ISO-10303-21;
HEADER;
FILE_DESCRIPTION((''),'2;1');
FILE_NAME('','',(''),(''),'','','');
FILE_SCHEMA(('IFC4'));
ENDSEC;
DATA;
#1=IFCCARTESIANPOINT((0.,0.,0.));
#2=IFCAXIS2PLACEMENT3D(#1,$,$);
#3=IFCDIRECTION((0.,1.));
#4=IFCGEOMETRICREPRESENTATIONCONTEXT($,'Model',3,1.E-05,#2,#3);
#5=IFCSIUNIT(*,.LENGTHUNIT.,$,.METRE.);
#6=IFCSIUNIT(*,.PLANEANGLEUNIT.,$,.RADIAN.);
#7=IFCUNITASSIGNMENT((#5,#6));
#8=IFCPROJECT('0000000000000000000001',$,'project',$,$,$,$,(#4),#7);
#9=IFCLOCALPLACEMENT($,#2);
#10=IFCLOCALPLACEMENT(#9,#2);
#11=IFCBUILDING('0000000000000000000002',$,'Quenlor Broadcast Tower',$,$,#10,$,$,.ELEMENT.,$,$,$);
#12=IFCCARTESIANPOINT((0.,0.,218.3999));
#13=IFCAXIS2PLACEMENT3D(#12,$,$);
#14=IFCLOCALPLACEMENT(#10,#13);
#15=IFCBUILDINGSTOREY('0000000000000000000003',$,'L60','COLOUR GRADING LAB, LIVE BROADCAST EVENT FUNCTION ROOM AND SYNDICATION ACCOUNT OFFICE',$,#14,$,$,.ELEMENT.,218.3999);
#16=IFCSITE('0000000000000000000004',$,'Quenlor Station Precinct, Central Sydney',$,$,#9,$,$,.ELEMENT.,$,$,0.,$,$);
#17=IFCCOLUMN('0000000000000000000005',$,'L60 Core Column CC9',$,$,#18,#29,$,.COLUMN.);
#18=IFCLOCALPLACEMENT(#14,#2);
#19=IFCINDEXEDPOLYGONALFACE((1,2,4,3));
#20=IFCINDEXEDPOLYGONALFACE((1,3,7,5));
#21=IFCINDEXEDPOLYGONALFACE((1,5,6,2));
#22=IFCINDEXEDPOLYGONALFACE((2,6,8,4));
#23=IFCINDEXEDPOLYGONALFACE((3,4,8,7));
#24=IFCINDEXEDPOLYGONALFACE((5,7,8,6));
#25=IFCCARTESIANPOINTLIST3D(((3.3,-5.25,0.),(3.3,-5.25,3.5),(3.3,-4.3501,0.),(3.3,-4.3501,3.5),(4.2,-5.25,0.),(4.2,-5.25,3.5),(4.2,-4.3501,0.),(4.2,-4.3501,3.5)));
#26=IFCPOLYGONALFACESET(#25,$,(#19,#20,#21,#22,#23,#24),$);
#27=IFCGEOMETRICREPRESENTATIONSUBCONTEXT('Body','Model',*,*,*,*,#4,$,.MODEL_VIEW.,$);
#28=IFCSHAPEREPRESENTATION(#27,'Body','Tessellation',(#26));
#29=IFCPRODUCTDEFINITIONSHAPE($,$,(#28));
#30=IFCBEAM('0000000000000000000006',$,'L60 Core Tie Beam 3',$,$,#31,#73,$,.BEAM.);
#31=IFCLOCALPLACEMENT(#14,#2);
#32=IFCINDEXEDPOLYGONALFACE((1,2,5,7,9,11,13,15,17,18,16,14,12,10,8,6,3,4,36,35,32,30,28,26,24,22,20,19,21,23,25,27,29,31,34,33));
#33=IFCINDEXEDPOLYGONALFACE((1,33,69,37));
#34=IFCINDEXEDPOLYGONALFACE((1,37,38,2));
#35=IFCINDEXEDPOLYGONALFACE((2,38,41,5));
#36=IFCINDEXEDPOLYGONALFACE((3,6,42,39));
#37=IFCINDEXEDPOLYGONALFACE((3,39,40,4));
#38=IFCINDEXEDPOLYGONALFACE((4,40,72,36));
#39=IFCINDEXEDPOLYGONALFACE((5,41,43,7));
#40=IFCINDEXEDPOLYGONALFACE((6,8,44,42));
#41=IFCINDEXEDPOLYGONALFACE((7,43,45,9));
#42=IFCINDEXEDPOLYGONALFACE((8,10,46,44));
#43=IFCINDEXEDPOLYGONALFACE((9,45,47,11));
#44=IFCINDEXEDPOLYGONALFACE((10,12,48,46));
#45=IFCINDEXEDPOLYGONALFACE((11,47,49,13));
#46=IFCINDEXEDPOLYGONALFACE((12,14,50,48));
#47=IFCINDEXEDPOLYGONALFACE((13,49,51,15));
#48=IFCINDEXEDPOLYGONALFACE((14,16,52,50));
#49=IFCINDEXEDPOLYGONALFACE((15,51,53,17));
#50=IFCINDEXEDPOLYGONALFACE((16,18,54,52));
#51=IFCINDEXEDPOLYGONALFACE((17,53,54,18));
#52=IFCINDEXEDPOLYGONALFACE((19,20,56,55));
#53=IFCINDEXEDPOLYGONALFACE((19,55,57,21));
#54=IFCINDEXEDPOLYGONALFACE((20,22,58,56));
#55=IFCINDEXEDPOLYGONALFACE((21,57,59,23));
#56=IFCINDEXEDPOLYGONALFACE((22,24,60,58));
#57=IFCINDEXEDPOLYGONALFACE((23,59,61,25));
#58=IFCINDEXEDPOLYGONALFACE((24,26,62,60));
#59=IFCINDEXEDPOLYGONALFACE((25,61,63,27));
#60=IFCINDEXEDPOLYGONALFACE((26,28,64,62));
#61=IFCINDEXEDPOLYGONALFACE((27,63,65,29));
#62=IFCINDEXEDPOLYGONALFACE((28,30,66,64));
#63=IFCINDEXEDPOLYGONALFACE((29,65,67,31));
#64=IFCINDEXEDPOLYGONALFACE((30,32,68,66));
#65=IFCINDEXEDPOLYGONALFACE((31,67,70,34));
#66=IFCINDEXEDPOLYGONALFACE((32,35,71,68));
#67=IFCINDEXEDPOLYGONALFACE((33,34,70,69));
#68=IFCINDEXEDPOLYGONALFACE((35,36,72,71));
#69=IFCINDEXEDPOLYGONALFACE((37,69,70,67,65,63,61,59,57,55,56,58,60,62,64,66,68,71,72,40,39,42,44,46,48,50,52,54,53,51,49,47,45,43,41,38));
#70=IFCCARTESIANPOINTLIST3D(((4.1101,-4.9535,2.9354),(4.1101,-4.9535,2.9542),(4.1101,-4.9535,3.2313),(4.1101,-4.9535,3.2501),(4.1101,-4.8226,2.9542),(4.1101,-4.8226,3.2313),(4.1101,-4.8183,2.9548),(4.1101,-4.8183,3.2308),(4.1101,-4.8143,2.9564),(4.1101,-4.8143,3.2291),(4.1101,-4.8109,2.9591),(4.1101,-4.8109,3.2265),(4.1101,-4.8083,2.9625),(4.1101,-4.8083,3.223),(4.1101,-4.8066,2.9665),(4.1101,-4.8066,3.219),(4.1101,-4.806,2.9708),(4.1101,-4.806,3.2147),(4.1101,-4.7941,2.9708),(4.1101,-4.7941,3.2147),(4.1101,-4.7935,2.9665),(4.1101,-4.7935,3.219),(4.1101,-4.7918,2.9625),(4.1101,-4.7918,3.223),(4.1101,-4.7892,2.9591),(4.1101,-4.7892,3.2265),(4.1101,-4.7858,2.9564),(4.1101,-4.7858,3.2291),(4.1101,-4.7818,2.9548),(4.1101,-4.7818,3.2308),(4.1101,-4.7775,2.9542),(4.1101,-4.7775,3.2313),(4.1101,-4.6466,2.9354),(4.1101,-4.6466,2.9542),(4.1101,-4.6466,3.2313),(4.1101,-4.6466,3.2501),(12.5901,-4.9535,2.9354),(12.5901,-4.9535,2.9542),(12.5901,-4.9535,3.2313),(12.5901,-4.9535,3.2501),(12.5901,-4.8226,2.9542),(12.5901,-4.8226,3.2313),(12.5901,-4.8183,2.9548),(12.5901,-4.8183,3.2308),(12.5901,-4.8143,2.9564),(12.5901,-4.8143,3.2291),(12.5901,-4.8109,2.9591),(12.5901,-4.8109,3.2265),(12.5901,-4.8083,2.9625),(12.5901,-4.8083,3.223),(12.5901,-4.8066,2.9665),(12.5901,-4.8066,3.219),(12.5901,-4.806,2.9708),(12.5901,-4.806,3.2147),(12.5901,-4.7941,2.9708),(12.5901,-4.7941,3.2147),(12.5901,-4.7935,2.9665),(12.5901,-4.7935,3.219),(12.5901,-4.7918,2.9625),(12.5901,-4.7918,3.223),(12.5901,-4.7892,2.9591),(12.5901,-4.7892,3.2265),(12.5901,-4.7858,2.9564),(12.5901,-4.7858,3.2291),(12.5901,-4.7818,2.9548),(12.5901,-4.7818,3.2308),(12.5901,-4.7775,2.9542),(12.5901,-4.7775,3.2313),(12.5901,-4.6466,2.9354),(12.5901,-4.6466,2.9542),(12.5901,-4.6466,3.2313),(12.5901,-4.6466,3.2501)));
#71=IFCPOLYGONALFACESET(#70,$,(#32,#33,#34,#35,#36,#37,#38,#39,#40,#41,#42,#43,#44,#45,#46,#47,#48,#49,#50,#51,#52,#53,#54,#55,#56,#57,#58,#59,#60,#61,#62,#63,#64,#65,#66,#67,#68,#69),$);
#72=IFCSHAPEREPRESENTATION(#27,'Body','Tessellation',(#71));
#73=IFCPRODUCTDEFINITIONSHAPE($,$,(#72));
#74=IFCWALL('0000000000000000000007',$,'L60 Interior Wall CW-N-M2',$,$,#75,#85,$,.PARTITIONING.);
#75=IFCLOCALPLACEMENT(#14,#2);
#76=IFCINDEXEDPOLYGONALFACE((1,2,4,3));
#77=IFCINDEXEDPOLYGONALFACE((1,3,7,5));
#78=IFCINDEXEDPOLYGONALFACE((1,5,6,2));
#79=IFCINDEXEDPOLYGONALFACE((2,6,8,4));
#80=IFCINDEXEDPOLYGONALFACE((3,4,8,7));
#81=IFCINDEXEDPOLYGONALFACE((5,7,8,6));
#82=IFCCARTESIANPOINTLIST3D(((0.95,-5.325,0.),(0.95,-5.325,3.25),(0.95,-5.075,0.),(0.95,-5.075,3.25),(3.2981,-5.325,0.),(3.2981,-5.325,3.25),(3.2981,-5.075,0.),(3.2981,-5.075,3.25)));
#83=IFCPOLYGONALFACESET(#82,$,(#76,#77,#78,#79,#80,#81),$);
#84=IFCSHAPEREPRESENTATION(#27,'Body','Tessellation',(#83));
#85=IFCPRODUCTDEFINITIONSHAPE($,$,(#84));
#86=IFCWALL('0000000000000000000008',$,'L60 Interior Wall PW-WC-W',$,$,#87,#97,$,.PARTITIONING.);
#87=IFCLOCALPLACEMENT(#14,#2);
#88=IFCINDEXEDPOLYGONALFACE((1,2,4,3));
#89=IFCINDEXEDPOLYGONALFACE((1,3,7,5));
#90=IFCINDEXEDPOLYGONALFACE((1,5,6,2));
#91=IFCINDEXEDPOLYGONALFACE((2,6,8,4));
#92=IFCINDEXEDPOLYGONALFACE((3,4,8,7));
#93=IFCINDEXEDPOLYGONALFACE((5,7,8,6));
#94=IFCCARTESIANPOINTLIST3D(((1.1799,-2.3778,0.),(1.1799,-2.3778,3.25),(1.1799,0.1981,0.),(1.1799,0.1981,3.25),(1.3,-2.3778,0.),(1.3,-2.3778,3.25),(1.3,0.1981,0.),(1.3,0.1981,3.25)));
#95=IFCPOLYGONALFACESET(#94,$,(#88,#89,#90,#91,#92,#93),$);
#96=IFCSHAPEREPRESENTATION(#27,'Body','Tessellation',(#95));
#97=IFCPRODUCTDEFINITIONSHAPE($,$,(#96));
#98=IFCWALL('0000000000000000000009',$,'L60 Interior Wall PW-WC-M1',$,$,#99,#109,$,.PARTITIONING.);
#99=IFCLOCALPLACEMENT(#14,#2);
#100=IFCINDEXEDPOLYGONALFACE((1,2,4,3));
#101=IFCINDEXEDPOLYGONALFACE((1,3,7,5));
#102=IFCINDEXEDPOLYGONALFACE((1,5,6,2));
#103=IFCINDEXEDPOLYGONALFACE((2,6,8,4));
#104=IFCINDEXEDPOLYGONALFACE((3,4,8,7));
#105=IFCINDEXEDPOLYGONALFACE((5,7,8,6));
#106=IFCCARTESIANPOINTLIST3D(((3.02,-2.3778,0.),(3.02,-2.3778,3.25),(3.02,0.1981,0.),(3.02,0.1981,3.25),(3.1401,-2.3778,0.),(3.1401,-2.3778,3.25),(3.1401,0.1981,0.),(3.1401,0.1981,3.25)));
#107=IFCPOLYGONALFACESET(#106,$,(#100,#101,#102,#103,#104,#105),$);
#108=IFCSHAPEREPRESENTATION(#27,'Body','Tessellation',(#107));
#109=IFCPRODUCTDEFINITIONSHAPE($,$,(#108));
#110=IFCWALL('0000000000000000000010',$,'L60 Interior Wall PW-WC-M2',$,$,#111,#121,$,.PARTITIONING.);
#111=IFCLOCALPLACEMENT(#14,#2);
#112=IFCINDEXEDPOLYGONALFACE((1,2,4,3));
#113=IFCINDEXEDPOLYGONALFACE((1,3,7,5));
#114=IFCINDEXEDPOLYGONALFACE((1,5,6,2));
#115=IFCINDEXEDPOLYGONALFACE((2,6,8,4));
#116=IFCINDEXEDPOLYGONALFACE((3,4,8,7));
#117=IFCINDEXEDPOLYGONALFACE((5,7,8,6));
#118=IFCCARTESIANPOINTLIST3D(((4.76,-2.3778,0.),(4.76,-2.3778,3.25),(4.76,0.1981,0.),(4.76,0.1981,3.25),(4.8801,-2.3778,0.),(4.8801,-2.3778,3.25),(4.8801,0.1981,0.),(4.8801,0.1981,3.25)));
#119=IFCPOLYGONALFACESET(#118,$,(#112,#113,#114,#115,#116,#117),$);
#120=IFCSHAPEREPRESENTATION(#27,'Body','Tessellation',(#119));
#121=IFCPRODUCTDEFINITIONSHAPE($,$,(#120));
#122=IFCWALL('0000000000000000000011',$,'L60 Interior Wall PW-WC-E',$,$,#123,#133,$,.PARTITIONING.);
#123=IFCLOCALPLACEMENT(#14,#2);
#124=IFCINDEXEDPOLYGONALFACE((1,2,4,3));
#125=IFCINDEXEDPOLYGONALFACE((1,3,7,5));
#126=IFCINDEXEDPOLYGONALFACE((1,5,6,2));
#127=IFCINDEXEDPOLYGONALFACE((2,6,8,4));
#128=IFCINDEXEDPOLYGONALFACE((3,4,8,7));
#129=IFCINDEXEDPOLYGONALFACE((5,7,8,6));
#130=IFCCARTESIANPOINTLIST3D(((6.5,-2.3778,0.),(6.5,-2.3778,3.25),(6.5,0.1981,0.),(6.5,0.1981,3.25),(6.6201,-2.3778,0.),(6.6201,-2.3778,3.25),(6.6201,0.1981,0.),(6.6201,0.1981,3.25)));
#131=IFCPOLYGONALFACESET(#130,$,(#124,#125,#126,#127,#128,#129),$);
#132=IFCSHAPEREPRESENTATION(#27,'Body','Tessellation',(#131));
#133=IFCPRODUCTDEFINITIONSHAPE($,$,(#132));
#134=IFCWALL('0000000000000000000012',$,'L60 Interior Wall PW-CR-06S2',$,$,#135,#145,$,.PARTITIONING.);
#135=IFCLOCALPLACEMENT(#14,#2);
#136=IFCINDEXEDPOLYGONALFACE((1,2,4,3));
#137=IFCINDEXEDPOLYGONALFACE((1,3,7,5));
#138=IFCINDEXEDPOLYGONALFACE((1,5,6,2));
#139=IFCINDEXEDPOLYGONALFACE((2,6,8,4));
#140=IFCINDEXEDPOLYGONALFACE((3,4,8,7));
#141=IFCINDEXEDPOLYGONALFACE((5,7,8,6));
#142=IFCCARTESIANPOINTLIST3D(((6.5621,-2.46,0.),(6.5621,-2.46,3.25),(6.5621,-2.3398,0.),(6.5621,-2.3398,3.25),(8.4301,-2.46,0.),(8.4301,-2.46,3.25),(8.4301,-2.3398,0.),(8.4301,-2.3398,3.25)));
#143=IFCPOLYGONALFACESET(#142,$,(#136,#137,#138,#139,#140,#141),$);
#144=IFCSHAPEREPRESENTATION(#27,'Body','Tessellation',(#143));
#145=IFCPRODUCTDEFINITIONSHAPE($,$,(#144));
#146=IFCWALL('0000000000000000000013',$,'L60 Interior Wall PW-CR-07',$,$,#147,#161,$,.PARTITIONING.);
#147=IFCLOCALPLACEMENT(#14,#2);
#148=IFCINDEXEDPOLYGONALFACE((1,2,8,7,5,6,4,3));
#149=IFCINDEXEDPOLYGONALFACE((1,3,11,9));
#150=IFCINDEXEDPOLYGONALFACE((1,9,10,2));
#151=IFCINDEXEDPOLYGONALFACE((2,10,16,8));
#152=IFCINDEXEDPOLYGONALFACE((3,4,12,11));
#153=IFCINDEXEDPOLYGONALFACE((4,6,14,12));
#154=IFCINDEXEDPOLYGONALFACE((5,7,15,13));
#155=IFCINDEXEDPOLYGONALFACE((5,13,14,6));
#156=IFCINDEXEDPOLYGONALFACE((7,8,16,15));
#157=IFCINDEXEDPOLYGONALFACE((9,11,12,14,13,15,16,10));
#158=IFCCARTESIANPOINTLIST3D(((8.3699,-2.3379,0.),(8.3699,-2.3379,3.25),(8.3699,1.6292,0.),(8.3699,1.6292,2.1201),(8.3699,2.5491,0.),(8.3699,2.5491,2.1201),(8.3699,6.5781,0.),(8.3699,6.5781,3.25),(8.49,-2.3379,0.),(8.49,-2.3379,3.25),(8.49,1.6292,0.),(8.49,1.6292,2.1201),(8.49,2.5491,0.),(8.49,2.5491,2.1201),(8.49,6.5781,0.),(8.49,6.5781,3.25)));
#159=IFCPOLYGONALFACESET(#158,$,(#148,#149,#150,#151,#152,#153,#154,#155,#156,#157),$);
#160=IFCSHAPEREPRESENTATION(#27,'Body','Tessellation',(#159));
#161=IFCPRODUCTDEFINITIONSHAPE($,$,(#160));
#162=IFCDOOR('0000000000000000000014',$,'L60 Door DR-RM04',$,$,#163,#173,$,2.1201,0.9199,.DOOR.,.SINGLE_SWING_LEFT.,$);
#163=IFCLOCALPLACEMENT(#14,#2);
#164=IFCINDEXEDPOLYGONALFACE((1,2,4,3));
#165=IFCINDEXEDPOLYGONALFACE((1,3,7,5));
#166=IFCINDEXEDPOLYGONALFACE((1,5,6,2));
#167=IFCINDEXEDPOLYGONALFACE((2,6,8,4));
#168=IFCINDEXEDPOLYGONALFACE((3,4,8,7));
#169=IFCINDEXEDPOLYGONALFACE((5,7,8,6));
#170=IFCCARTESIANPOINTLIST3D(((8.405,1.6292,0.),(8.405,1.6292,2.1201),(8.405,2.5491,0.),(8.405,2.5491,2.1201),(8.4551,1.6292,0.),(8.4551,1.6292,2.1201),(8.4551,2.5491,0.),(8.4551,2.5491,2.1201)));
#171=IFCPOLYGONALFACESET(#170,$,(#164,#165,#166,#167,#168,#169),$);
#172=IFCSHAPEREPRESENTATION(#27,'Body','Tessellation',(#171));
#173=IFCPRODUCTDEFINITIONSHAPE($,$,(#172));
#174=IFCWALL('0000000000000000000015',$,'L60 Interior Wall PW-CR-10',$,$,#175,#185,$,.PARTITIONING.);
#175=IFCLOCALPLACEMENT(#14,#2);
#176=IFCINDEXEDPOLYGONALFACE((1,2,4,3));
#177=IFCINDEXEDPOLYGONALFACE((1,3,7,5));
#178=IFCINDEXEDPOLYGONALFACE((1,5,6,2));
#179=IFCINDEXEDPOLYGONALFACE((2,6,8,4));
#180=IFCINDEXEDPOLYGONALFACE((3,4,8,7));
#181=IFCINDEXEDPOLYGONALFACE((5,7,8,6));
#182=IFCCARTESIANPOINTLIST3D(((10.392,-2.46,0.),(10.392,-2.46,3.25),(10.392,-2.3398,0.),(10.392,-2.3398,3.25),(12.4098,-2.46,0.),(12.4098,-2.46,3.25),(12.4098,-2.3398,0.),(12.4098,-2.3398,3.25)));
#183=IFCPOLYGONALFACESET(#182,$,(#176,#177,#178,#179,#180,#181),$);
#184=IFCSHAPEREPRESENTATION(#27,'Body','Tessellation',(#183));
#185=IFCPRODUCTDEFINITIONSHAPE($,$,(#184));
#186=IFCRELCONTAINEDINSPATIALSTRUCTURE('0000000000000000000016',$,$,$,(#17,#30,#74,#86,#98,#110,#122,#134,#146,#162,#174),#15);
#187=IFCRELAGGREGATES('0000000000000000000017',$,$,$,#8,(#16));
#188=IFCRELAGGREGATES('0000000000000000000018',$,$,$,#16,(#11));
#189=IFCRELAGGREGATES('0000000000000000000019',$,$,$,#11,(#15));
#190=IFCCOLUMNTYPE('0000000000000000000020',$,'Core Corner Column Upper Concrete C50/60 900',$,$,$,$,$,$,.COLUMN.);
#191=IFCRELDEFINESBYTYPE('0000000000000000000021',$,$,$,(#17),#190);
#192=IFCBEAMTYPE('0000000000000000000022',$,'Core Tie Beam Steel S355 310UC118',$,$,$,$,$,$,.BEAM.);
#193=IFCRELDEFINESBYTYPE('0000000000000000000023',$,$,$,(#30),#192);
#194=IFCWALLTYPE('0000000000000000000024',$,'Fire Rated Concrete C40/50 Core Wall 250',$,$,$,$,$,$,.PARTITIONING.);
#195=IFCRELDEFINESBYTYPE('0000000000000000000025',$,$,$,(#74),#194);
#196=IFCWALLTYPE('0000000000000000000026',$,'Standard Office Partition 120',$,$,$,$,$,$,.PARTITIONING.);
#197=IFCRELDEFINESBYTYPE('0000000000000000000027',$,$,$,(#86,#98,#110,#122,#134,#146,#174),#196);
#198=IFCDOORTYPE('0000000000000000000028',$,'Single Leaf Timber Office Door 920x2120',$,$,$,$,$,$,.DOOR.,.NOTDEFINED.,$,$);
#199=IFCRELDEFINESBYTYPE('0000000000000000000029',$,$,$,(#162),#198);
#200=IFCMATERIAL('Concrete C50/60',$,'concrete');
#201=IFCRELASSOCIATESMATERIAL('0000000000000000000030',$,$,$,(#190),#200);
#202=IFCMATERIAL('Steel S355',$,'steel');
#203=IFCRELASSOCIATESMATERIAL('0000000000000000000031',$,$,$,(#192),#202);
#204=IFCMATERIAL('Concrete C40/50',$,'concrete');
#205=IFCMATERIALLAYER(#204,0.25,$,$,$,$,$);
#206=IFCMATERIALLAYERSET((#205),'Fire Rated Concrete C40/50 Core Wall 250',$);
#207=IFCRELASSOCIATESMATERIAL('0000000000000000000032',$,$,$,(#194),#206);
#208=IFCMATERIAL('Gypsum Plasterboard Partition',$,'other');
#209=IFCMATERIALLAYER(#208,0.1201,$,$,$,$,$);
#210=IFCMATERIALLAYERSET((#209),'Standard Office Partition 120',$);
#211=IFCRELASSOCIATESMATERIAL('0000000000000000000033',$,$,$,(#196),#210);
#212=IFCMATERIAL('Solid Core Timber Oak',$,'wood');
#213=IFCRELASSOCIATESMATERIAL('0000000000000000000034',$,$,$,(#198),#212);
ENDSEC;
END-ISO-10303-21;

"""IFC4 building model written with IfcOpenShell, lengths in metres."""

from ifc_helpers import new_model, si_unit, direction, frame, frame_2d, origin, origin_2d, place, context, subcontext, project, spatial, rectangle, i_section, extrude, material, layer, layer_set, material_profile, profile_set, type_object, element, fill, save


model = new_model("IFC4")

# Units and contexts
model_context = context("Model", 3, precision=1e-05, world=origin(), true_north=direction((0.0, 1.0)))
body_context = subcontext(model_context, "Body", "Model", "MODEL_VIEW")
ifc_project = project(units=[si_unit("LENGTHUNIT", "METRE"), si_unit("PLANEANGLEUNIT", "RADIAN")], contexts=[model_context])

# Site, building, storey
site_placement = place(None, origin())
site = spatial("IfcSite", under=ifc_project, at=site_placement, Name="Quenlor Station Precinct, Central Sydney", CompositionType="ELEMENT", RefElevation=0.0)
building_placement = place(site_placement, origin())
building = spatial("IfcBuilding", under=site, at=building_placement, Name="Quenlor Broadcast Tower", CompositionType="ELEMENT")
storey_placement = place(building_placement, frame((0.0, 0.0, 218.3999)))
storey = spatial("IfcBuildingStorey", under=building, at=storey_placement, Name="L60", Description="COLOUR GRADING LAB, LIVE BROADCAST EVENT FUNCTION ROOM AND SYNDICATION ACCOUNT OFFICE", CompositionType="ELEMENT", Elevation=218.3999)

# Column
ifc_material_1 = material(Name="Concrete C50/60", Category="concrete")
ifc_material_profile_1 = material_profile(ifc_material_1, rectangle(XDim=0.8999, YDim=0.8999, at=origin_2d()))
ifc_profile_set_1 = profile_set([ifc_material_profile_1], Name="Concrete C50/60 RC900x900")
column_type = type_object("IfcColumnType", Name="Core Corner Column Upper Concrete C50/60 900", PredefinedType="COLUMN", material=ifc_profile_set_1)
column_placement = place(storey_placement, frame((3.75, -4.8, 0.0), z_axis=(0.0, 0.0, 1.0), x_axis=(1.0, 0.0, 0.0)))
element("IfcColumn", 1, at=column_placement, inside=storey, type_object=column_type, Name="L60 Core Column CC9", PredefinedType="COLUMN", context=body_context, shape_type="SweptSolid", body=[
    extrude(rectangle(XDim=0.8999, YDim=0.8999, at=origin_2d()), origin(), (0.0, 0.0, 1.0), 3.5),
])

# Beam
ifc_material_2 = material(Name="Steel S355", Category="steel")
ifc_material_profile_2 = material_profile(ifc_material_2, i_section(OverallWidth=0.3069, OverallDepth=0.3147, WebThickness=0.012, FlangeThickness=0.0188, FilletRadius=0.0166, at=origin_2d()))
ifc_profile_set_2 = profile_set([ifc_material_profile_2], Name="Steel S355 310UC118")
beam_type = type_object("IfcBeamType", Name="Core Tie Beam Steel S355 310UC118", PredefinedType="BEAM", material=ifc_profile_set_2)
beam_placement = place(storey_placement, frame((4.1101, -4.8, 3.0928), z_axis=(1.0, 0.0, 0.0), x_axis=(0.0, 1.0, 0.0)))
element("IfcBeam", 2, at=beam_placement, inside=storey, type_object=beam_type, Name="L60 Core Tie Beam 3", PredefinedType="BEAM", context=body_context, shape_type="SweptSolid", body=[
    extrude(i_section(OverallWidth=0.3069, OverallDepth=0.3147, WebThickness=0.012, FlangeThickness=0.0188, FilletRadius=0.0166, at=origin_2d()), origin(), (0.0, 0.0, 1.0), 8.48),
])

# Shared definitions
ifc_material_3 = material(Name="Concrete C40/50", Category="concrete")
ifc_layer_1 = layer(ifc_material_3, 0.25)
ifc_layer_set_1 = layer_set([ifc_layer_1], Name="Fire Rated Concrete C40/50 Core Wall 250")
wall_type_1 = type_object("IfcWallType", Name="Fire Rated Concrete C40/50 Core Wall 250", PredefinedType="PARTITIONING", material=ifc_layer_set_1)

# Wall
wall_1_placement = place(storey_placement, frame((0.95, -5.2, 0.0), z_axis=(0.0, 0.0, 1.0), x_axis=(1.0, 0.0, 0.0)))
element("IfcWall", 3, at=wall_1_placement, inside=storey, type_object=wall_type_1, Name="L60 Interior Wall CW-N-M2", PredefinedType="PARTITIONING", context=body_context, shape_type="SweptSolid", body=[
    extrude(rectangle(XDim=2.3481, YDim=0.25, at=frame_2d((1.1741, 0.0))), origin(), (0.0, 0.0, 1.0), 3.25),
])

# Shared definitions
ifc_material_4 = material(Name="Gypsum Plasterboard Partition", Category="other")
ifc_layer_2 = layer(ifc_material_4, 0.1201)
ifc_layer_set_2 = layer_set([ifc_layer_2], Name="Standard Office Partition 120")
wall_type_2 = type_object("IfcWallType", Name="Standard Office Partition 120", PredefinedType="PARTITIONING", material=ifc_layer_set_2)

# Walls
for number, where, z_axis, x_axis, name in (
    (4, (1.24, -2.3779, 0.0), (0.0, 0.0, 1.0), (0.0, 1.0, 0.0), "L60 Interior Wall PW-WC-W"),
    (5, (3.0801, -2.3779, 0.0), (0.0, 0.0, 1.0), (0.0, 1.0, 0.0), "L60 Interior Wall PW-WC-M1"),
    (6, (4.8201, -2.3779, 0.0), (0.0, 0.0, 1.0), (0.0, 1.0, 0.0), "L60 Interior Wall PW-WC-M2"),
    (7, (6.5601, -2.3779, 0.0), (0.0, 0.0, 1.0), (0.0, 1.0, 0.0), "L60 Interior Wall PW-WC-E"),
):
    element("IfcWall", number, at=place(storey_placement, frame(where, z_axis=z_axis, x_axis=x_axis)), inside=storey, type_object=wall_type_2, Name=name, PredefinedType="PARTITIONING", context=body_context, shape_type="SweptSolid", body=[
        extrude(rectangle(XDim=2.5759, YDim=0.1201, at=frame_2d((1.2881, 0.0))), origin(), (0.0, 0.0, 1.0), 3.25),
    ])
wall_2_placement = place(storey_placement, frame((6.562, -2.3999, 0.0), z_axis=(0.0, 0.0, 1.0), x_axis=(1.0, 0.0, 0.0)))
element("IfcWall", 8, at=wall_2_placement, inside=storey, type_object=wall_type_2, Name="L60 Interior Wall PW-CR-06S2", PredefinedType="PARTITIONING", context=body_context, shape_type="SweptSolid", body=[
    extrude(rectangle(XDim=1.8679, YDim=0.1201, at=frame_2d((0.9341, 0.0))), origin(), (0.0, 0.0, 1.0), 3.25),
])

# Wall, opening, door
wall_3_placement = place(storey_placement, frame((8.4299, -2.3379, 0.0), z_axis=(0.0, 0.0, 1.0), x_axis=(0.0, 1.0, 0.0)))
wall_3 = element("IfcWall", 9, at=wall_3_placement, inside=storey, type_object=wall_type_2, Name="L60 Interior Wall PW-CR-07", PredefinedType="PARTITIONING", context=body_context, shape_type="SweptSolid", body=[
    extrude(rectangle(XDim=8.916, YDim=0.1201, at=frame_2d((4.458, 0.0))), origin(), (0.0, 0.0, 1.0), 3.25),
])
opening_1_placement = place(wall_3_placement, frame((3.967, 0.0, 0.0)))
opening_1 = element("IfcOpeningElement", 10, at=opening_1_placement, cuts=wall_3, PredefinedType="OPENING", context=body_context, shape_type="SweptSolid", body=[
    extrude(rectangle(XDim=0.9199, YDim=2.1201, at=frame_2d((0.46, 1.0601))), frame((0.0, 0.0701, 0.0), z_axis=(0.0, -1.0, 0.0), x_axis=(1.0, 0.0, 0.0)), (0.0, 0.0, 1.0), 0.1401),
])
ifc_material_5 = material(Name="Solid Core Timber Oak", Category="wood")
door_type_1 = type_object("IfcDoorType", Name="Single Leaf Timber Office Door 920x2120", OperationType="NOTDEFINED", PredefinedType="DOOR", material=ifc_material_5)
door_1_placement = place(opening_1_placement, origin())
door_1 = element("IfcDoor", 11, at=door_1_placement, inside=storey, type_object=door_type_1, Name="L60 Door DR-RM04", OperationType="SINGLE_SWING_LEFT", OverallHeight=2.1201, OverallWidth=0.9199, PredefinedType="DOOR", context=body_context, shape_type="SweptSolid", body=[
    extrude(rectangle(XDim=0.9199, YDim=2.1201, at=frame_2d((0.46, 1.0601))), frame((0.0, 0.0249, 0.0), z_axis=(0.0, -1.0, 0.0), x_axis=(1.0, 0.0, 0.0)), (0.0, 0.0, 1.0), 0.05),
])
fill(opening_1, door_1)

# Wall
wall_4_placement = place(storey_placement, frame((10.3921, -2.3999, 0.0), z_axis=(0.0, 0.0, 1.0), x_axis=(1.0, 0.0, 0.0)))
element("IfcWall", 12, at=wall_4_placement, inside=storey, type_object=wall_type_2, Name="L60 Interior Wall PW-CR-10", PredefinedType="PARTITIONING", context=body_context, shape_type="SweptSolid", body=[
    extrude(rectangle(XDim=2.0178, YDim=0.1201, at=frame_2d((1.0088, 0.0))), origin(), (0.0, 0.0, 1.0), 3.25),
])

save(model, "model.ifc")
